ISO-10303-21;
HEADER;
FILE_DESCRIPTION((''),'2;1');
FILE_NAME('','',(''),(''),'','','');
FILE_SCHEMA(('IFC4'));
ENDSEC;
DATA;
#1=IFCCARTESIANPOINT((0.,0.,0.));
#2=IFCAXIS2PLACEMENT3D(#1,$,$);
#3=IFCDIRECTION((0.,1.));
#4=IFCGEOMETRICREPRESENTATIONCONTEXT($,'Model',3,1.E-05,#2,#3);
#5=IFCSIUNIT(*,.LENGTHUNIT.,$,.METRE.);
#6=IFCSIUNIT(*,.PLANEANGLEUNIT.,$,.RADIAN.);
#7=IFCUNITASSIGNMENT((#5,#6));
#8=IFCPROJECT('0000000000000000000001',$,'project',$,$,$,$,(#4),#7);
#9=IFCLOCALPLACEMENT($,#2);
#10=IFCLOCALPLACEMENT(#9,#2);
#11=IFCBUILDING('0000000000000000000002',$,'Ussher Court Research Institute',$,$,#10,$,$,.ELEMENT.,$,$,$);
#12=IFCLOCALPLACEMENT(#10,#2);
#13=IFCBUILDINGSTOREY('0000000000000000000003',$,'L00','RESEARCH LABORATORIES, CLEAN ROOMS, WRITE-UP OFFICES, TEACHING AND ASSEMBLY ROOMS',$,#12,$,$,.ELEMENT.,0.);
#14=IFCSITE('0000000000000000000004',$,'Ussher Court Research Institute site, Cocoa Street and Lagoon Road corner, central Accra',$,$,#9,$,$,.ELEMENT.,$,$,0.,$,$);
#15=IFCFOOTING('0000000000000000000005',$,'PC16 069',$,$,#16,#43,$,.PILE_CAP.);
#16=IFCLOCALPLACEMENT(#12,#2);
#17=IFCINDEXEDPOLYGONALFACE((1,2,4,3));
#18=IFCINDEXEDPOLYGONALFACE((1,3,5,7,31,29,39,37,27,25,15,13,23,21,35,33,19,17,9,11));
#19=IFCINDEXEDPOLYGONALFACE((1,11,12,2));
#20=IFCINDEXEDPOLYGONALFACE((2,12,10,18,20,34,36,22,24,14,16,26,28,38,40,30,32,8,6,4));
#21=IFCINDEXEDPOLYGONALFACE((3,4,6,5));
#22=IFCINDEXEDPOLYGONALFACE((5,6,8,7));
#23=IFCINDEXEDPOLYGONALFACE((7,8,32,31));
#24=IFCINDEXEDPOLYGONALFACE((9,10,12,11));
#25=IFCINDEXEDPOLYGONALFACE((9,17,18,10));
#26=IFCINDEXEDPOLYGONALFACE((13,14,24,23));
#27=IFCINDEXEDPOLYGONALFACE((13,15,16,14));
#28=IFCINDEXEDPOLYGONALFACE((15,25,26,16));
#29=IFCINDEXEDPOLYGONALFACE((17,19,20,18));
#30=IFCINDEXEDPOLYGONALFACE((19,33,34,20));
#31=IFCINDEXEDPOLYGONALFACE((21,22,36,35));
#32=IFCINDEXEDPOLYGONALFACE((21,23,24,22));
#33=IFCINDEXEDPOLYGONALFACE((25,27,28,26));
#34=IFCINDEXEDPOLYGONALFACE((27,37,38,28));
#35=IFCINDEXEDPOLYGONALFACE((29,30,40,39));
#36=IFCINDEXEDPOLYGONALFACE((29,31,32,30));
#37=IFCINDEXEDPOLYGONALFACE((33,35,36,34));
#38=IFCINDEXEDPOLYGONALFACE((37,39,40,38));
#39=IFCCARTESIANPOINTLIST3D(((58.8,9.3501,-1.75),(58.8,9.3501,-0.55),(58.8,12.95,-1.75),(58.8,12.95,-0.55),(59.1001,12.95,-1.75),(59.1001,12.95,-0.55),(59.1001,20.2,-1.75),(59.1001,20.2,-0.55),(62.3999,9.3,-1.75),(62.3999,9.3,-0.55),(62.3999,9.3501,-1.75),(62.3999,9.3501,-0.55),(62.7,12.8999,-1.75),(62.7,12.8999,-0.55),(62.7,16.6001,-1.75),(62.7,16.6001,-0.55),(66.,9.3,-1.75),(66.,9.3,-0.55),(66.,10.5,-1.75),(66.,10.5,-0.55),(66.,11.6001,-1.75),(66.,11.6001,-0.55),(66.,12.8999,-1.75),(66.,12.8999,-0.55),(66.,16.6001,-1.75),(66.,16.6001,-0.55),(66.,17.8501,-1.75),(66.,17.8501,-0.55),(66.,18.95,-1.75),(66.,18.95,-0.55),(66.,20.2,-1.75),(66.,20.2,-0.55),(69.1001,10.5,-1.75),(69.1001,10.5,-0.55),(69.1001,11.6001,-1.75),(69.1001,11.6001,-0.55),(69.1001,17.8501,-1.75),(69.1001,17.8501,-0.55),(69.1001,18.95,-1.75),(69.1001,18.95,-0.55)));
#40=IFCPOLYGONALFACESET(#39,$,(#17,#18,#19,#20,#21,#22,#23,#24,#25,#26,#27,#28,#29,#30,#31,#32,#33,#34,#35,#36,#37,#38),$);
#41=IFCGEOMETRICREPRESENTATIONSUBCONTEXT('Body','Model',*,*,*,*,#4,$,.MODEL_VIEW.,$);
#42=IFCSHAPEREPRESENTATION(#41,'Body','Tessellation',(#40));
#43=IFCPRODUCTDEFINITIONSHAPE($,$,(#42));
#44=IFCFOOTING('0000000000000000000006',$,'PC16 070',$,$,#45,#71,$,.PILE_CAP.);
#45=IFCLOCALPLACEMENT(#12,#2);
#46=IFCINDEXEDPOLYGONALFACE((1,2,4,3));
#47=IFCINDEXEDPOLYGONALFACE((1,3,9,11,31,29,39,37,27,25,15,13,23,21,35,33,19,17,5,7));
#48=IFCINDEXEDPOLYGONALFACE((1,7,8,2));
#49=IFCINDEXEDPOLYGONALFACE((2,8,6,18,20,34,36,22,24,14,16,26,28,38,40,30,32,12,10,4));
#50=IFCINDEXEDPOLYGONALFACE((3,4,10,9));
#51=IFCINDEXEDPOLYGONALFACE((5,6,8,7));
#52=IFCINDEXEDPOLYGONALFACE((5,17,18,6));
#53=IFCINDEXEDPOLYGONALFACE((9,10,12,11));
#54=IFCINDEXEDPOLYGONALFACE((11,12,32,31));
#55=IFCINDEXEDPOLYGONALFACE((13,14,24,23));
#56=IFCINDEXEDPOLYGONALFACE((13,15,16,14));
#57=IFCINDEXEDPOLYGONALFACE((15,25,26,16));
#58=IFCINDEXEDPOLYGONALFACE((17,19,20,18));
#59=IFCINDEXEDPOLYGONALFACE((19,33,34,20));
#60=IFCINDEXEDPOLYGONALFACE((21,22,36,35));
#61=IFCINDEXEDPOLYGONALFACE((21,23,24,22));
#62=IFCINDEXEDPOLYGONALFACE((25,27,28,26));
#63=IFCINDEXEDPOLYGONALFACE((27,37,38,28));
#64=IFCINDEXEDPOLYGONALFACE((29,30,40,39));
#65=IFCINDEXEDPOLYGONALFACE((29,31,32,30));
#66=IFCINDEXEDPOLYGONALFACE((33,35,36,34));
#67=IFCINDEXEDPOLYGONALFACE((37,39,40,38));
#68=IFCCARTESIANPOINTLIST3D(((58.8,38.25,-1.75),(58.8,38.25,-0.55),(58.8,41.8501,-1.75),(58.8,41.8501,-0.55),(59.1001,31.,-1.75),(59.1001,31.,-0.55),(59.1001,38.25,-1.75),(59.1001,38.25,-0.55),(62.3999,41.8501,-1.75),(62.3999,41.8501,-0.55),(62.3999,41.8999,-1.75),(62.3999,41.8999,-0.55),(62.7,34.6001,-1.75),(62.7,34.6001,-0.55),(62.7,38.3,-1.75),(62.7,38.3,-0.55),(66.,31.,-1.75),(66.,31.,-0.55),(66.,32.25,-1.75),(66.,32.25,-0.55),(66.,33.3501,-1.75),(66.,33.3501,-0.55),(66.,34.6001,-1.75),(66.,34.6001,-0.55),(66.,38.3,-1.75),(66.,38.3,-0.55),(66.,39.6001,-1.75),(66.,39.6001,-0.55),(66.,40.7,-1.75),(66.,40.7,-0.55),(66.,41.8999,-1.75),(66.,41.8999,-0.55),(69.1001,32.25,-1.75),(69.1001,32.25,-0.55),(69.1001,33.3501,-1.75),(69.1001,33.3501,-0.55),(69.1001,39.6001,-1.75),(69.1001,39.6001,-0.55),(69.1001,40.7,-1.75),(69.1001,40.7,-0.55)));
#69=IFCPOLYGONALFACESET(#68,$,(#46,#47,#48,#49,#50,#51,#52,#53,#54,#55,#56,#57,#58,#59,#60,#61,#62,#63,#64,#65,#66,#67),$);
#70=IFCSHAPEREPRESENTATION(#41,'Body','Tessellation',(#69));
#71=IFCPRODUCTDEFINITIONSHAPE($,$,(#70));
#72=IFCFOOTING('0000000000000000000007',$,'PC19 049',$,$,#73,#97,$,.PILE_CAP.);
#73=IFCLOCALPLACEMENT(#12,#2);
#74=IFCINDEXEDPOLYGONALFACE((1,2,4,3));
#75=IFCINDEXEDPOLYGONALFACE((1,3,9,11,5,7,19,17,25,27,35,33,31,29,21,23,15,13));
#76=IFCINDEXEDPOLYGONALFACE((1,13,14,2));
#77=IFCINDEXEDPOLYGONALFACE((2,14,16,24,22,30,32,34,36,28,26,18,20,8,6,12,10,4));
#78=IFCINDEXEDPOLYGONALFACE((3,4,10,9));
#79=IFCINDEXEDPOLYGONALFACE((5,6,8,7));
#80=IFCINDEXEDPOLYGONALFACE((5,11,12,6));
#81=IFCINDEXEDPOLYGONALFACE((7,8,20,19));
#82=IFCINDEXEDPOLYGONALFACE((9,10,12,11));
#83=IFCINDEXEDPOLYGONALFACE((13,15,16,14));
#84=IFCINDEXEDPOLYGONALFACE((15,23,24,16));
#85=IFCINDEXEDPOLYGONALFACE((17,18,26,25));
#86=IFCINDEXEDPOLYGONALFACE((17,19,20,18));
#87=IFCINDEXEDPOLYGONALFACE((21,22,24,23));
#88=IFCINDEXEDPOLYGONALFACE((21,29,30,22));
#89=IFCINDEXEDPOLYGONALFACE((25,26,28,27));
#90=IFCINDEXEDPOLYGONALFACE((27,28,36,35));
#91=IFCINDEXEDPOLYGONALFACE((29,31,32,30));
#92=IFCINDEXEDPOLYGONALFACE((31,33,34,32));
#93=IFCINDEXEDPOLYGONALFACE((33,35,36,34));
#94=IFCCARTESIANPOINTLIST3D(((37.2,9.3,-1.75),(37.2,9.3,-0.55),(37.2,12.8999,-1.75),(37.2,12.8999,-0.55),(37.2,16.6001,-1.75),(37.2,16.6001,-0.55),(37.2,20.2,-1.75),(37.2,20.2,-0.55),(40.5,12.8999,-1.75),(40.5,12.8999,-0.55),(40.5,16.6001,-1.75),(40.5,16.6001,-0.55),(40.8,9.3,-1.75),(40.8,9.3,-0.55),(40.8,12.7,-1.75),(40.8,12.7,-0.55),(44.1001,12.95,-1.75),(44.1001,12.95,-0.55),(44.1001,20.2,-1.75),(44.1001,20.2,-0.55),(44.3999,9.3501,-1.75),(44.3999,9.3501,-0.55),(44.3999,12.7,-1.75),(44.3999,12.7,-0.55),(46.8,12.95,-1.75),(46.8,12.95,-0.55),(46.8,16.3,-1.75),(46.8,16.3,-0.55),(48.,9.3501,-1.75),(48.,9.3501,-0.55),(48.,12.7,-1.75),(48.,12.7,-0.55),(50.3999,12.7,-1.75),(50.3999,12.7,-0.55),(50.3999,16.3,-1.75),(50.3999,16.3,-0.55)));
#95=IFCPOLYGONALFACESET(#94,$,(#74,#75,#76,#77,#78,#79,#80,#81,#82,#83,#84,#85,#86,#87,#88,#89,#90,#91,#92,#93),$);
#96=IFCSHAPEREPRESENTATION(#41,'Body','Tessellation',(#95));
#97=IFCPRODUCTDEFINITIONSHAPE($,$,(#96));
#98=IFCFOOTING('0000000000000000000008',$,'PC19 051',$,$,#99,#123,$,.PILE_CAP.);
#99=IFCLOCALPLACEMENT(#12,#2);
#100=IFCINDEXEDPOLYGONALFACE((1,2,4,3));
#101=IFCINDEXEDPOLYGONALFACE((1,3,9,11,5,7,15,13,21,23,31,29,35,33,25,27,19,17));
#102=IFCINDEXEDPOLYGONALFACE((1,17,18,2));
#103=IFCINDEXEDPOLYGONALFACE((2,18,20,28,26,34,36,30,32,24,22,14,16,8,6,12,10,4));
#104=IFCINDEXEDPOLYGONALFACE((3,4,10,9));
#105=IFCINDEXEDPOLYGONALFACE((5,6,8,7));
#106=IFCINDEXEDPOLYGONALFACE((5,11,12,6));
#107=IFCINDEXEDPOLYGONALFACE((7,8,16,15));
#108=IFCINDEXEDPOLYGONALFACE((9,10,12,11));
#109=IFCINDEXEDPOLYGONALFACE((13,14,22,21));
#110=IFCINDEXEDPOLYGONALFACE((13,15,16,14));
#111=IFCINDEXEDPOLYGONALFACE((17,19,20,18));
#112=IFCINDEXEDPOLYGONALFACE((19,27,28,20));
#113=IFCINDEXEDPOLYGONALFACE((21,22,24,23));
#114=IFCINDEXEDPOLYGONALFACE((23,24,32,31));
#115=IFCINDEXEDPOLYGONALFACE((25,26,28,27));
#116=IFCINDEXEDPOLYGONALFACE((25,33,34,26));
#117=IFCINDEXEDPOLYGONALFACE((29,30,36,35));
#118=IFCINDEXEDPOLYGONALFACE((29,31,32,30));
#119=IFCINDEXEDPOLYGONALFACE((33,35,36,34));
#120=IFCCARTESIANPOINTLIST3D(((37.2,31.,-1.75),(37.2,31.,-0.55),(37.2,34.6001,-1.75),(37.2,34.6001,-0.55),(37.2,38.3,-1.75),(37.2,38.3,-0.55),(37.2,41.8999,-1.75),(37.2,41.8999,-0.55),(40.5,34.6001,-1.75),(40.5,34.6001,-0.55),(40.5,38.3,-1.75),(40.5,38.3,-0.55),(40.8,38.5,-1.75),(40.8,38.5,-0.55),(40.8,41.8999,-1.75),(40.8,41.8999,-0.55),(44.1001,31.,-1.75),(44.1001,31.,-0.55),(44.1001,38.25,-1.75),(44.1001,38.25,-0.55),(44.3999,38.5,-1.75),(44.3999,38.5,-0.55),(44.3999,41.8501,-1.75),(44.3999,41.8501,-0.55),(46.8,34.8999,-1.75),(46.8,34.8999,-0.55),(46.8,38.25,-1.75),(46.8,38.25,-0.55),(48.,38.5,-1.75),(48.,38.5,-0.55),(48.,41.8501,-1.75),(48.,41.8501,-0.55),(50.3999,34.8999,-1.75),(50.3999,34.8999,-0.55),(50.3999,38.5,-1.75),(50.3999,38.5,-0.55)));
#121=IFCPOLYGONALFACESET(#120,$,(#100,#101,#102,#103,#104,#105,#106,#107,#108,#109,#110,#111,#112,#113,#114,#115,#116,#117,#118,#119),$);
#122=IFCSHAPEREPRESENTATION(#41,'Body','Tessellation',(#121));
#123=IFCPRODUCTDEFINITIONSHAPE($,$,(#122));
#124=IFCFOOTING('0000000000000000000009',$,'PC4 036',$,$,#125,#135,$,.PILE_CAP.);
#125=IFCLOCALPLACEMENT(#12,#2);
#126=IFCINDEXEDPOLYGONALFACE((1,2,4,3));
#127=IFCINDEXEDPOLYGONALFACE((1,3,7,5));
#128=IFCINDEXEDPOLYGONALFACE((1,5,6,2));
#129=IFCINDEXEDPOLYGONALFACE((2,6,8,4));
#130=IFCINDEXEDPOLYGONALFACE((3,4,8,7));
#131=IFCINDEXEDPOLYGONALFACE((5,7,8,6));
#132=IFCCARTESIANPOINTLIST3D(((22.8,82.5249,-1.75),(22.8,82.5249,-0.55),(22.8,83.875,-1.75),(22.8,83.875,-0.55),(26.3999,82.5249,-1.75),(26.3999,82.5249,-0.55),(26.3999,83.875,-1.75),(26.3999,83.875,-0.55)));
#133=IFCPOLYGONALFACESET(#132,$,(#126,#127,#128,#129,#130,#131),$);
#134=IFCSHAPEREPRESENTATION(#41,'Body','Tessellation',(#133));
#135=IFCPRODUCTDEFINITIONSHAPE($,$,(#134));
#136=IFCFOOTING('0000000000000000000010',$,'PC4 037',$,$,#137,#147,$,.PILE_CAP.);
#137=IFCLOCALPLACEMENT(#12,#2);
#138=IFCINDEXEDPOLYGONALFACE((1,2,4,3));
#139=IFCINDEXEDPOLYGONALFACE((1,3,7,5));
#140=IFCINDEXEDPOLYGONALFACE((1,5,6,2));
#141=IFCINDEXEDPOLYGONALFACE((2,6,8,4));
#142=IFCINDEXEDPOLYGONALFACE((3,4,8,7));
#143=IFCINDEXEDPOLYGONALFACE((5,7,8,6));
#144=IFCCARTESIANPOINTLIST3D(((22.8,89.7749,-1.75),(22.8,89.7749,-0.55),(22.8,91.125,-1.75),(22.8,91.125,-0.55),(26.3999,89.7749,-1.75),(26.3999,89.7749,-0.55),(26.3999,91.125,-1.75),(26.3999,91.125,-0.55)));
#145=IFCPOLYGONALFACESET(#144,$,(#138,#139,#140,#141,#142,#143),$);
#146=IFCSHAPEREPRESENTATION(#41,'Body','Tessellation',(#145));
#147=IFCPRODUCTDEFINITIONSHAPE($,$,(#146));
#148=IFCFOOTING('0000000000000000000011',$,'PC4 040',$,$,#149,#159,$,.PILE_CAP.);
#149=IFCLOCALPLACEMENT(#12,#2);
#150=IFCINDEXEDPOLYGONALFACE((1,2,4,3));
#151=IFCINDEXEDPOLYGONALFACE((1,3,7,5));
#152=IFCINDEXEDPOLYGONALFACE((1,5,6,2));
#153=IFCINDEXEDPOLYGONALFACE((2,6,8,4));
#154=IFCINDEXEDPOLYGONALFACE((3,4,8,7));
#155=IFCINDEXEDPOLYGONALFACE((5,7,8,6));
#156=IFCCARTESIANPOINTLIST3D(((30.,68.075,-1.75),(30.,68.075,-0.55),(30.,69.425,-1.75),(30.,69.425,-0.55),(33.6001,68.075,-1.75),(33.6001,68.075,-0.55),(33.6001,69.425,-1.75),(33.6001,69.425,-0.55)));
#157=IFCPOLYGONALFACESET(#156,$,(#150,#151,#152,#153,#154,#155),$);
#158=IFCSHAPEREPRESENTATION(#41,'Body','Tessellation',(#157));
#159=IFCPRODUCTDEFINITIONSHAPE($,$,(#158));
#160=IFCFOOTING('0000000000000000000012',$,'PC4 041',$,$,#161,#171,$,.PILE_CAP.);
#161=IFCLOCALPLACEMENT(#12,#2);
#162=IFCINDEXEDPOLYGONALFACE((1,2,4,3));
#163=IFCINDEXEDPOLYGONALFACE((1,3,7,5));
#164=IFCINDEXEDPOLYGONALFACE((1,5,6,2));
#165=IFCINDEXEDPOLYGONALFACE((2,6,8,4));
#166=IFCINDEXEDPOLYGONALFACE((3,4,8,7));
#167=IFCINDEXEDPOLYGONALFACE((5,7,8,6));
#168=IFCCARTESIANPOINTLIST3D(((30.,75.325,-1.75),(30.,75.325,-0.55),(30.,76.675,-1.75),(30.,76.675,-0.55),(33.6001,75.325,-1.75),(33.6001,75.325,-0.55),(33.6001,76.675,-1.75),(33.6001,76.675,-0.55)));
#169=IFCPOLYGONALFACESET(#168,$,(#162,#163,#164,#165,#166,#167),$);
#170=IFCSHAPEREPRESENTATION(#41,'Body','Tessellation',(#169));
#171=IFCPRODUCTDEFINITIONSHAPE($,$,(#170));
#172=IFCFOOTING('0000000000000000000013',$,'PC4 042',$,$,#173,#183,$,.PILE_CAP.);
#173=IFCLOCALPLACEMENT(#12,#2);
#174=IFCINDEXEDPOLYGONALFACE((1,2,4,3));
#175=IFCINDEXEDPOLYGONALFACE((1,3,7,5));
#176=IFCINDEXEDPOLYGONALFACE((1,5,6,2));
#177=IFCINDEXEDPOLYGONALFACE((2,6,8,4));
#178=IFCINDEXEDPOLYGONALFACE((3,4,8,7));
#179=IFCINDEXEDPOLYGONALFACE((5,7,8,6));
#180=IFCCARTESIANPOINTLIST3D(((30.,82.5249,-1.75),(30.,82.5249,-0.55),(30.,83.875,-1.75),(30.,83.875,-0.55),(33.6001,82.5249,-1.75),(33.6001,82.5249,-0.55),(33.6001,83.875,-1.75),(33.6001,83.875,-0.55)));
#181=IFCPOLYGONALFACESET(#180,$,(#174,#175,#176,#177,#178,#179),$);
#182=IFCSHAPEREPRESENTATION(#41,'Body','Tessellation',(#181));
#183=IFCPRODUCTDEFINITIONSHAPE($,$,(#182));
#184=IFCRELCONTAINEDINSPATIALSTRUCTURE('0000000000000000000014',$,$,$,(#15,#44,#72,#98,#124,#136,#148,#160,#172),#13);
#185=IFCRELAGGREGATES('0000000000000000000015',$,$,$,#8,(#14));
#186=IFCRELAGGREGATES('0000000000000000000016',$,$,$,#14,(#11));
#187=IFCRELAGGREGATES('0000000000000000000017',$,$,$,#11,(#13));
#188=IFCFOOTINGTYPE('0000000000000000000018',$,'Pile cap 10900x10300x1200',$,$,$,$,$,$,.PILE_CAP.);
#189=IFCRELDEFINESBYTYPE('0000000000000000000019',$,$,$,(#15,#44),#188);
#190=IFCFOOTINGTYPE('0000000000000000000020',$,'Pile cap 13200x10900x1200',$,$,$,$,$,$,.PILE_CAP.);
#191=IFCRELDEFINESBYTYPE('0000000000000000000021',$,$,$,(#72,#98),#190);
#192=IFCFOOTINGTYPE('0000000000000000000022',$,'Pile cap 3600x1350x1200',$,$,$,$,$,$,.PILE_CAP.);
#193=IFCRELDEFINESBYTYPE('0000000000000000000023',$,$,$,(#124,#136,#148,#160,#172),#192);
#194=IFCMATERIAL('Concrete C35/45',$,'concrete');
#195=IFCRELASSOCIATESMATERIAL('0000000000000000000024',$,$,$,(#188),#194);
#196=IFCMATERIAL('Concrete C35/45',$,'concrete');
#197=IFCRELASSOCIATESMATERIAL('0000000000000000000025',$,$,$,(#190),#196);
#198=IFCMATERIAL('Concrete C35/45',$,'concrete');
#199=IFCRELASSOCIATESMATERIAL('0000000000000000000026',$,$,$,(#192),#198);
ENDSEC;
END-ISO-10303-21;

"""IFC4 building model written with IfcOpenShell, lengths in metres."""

from ifc_helpers import new_model, si_unit, direction, frame, origin, place, context, subcontext, project, spatial, polyline, outline, extrude, material, type_object, element, save


model = new_model("IFC4")

# Units and contexts
model_context = context("Model", 3, precision=1e-05, world=origin(), true_north=direction((0.0, 1.0)))
body_context = subcontext(model_context, "Body", "Model", "MODEL_VIEW")
ifc_project = project(units=[si_unit("LENGTHUNIT", "METRE"), si_unit("PLANEANGLEUNIT", "RADIAN")], contexts=[model_context])

# Site, building, storey
site_placement = place(None, origin())
site = spatial("IfcSite", under=ifc_project, at=site_placement, Name="Ussher Court Research Institute site, Cocoa Street and Lagoon Road corner, central Accra", CompositionType="ELEMENT", RefElevation=0.0)
building_placement = place(site_placement, origin())
building = spatial("IfcBuilding", under=site, at=building_placement, Name="Ussher Court Research Institute", CompositionType="ELEMENT")
storey_placement = place(building_placement, origin())
storey = spatial("IfcBuildingStorey", under=building, at=storey_placement, Name="L00", Description="RESEARCH LABORATORIES, CLEAN ROOMS, WRITE-UP OFFICES, TEACHING AND ASSEMBLY ROOMS", CompositionType="ELEMENT", Elevation=0.0)

# Footings
ifc_material_1 = material(Name="Concrete C35/45", Category="concrete")
footing_type_1 = type_object("IfcFootingType", Name="Pile cap 10900x10300x1200", PredefinedType="PILE_CAP", material=ifc_material_1)
footing_1_placement = place(storey_placement, frame((0.0, 0.0, -1.75)))
element("IfcFooting", 1, at=footing_1_placement, inside=storey, type_object=footing_type_1, Name="PC16 069", PredefinedType="PILE_CAP", context=body_context, shape_type="SweptSolid", body=[
    extrude(outline(polyline([(59.1001, 12.95), (58.8, 12.95), (58.8, 9.3501), (62.3999, 9.3501), (62.3999, 9.3), (66.0, 9.3), (66.0, 10.5), (69.1001, 10.5), (69.1001, 11.6001), (66.0, 11.6001), (66.0, 12.8999), (62.7, 12.8999), (62.7, 16.6001), (66.0, 16.6001), (66.0, 17.8501), (69.1001, 17.8501), (69.1001, 18.95), (66.0, 18.95), (66.0, 20.2), (59.1001, 20.2), (59.1001, 12.95)])), origin(), (0.0, 0.0, 1.0), 1.2),
])
footing_2_placement = place(storey_placement, frame((0.0, 0.0, -1.75)))
element("IfcFooting", 2, at=footing_2_placement, inside=storey, type_object=footing_type_1, Name="PC16 070", PredefinedType="PILE_CAP", context=body_context, shape_type="SweptSolid", body=[
    extrude(outline(polyline([(58.8, 41.8501), (58.8, 38.25), (59.1001, 38.25), (59.1001, 31.0), (66.0, 31.0), (66.0, 32.25), (69.1001, 32.25), (69.1001, 33.3501), (66.0, 33.3501), (66.0, 34.6001), (62.7, 34.6001), (62.7, 38.3), (66.0, 38.3), (66.0, 39.6001), (69.1001, 39.6001), (69.1001, 40.7), (66.0, 40.7), (66.0, 41.8999), (62.3999, 41.8999), (62.3999, 41.8501), (58.8, 41.8501)])), origin(), (0.0, 0.0, 1.0), 1.2),
])
ifc_material_2 = material(Name="Concrete C35/45", Category="concrete")
footing_type_2 = type_object("IfcFootingType", Name="Pile cap 13200x10900x1200", PredefinedType="PILE_CAP", material=ifc_material_2)
footing_3_placement = place(storey_placement, frame((0.0, 0.0, -1.75)))
element("IfcFooting", 3, at=footing_3_placement, inside=storey, type_object=footing_type_2, Name="PC19 049", PredefinedType="PILE_CAP", context=body_context, shape_type="SweptSolid", body=[
    extrude(outline(polyline([(37.2, 12.8999), (37.2, 9.3), (40.8, 9.3), (40.8, 12.7), (44.3999, 12.7), (44.3999, 9.3501), (48.0, 9.3501), (48.0, 12.7), (50.3999, 12.7), (50.3999, 16.3), (46.8, 16.3), (46.8, 12.95), (44.1001, 12.95), (44.1001, 20.2), (37.2, 20.2), (37.2, 16.6001), (40.5, 16.6001), (40.5, 12.8999), (37.2, 12.8999)])), origin(), (0.0, 0.0, 1.0), 1.2),
])
footing_4_placement = place(storey_placement, frame((0.0, 0.0, -1.75)))
element("IfcFooting", 4, at=footing_4_placement, inside=storey, type_object=footing_type_2, Name="PC19 051", PredefinedType="PILE_CAP", context=body_context, shape_type="SweptSolid", body=[
    extrude(outline(polyline([(40.5, 38.3), (40.5, 34.6001), (37.2, 34.6001), (37.2, 31.0), (44.1001, 31.0), (44.1001, 38.25), (46.8, 38.25), (46.8, 34.8999), (50.3999, 34.8999), (50.3999, 38.5), (48.0, 38.5), (48.0, 41.8501), (44.3999, 41.8501), (44.3999, 38.5), (40.8, 38.5), (40.8, 41.8999), (37.2, 41.8999), (37.2, 38.3), (40.5, 38.3)])), origin(), (0.0, 0.0, 1.0), 1.2),
])
ifc_material_3 = material(Name="Concrete C35/45", Category="concrete")
footing_type_3 = type_object("IfcFootingType", Name="Pile cap 3600x1350x1200", PredefinedType="PILE_CAP", material=ifc_material_3)
footing_5_placement = place(storey_placement, frame((0.0, 0.0, -1.75)))
element("IfcFooting", 5, at=footing_5_placement, inside=storey, type_object=footing_type_3, Name="PC4 036", PredefinedType="PILE_CAP", context=body_context, shape_type="SweptSolid", body=[
    extrude(outline(polyline([(22.8, 82.5249), (26.3999, 82.5249), (26.3999, 83.875), (22.8, 83.875), (22.8, 82.5249)])), origin(), (0.0, 0.0, 1.0), 1.2),
])
footing_6_placement = place(storey_placement, frame((0.0, 0.0, -1.75)))
element("IfcFooting", 6, at=footing_6_placement, inside=storey, type_object=footing_type_3, Name="PC4 037", PredefinedType="PILE_CAP", context=body_context, shape_type="SweptSolid", body=[
    extrude(outline(polyline([(22.8, 89.7749), (26.3999, 89.7749), (26.3999, 91.125), (22.8, 91.125), (22.8, 89.7749)])), origin(), (0.0, 0.0, 1.0), 1.2),
])
footing_7_placement = place(storey_placement, frame((0.0, 0.0, -1.75)))
element("IfcFooting", 7, at=footing_7_placement, inside=storey, type_object=footing_type_3, Name="PC4 040", PredefinedType="PILE_CAP", context=body_context, shape_type="SweptSolid", body=[
    extrude(outline(polyline([(30.0, 68.075), (33.6001, 68.075), (33.6001, 69.425), (30.0, 69.425), (30.0, 68.075)])), origin(), (0.0, 0.0, 1.0), 1.2),
])
footing_8_placement = place(storey_placement, frame((0.0, 0.0, -1.75)))
element("IfcFooting", 8, at=footing_8_placement, inside=storey, type_object=footing_type_3, Name="PC4 041", PredefinedType="PILE_CAP", context=body_context, shape_type="SweptSolid", body=[
    extrude(outline(polyline([(30.0, 75.325), (33.6001, 75.325), (33.6001, 76.675), (30.0, 76.675), (30.0, 75.325)])), origin(), (0.0, 0.0, 1.0), 1.2),
])
footing_9_placement = place(storey_placement, frame((0.0, 0.0, -1.75)))
element("IfcFooting", 9, at=footing_9_placement, inside=storey, type_object=footing_type_3, Name="PC4 042", PredefinedType="PILE_CAP", context=body_context, shape_type="SweptSolid", body=[
    extrude(outline(polyline([(30.0, 82.5249), (33.6001, 82.5249), (33.6001, 83.875), (30.0, 83.875), (30.0, 82.5249)])), origin(), (0.0, 0.0, 1.0), 1.2),
])

save(model, "model.ifc")
